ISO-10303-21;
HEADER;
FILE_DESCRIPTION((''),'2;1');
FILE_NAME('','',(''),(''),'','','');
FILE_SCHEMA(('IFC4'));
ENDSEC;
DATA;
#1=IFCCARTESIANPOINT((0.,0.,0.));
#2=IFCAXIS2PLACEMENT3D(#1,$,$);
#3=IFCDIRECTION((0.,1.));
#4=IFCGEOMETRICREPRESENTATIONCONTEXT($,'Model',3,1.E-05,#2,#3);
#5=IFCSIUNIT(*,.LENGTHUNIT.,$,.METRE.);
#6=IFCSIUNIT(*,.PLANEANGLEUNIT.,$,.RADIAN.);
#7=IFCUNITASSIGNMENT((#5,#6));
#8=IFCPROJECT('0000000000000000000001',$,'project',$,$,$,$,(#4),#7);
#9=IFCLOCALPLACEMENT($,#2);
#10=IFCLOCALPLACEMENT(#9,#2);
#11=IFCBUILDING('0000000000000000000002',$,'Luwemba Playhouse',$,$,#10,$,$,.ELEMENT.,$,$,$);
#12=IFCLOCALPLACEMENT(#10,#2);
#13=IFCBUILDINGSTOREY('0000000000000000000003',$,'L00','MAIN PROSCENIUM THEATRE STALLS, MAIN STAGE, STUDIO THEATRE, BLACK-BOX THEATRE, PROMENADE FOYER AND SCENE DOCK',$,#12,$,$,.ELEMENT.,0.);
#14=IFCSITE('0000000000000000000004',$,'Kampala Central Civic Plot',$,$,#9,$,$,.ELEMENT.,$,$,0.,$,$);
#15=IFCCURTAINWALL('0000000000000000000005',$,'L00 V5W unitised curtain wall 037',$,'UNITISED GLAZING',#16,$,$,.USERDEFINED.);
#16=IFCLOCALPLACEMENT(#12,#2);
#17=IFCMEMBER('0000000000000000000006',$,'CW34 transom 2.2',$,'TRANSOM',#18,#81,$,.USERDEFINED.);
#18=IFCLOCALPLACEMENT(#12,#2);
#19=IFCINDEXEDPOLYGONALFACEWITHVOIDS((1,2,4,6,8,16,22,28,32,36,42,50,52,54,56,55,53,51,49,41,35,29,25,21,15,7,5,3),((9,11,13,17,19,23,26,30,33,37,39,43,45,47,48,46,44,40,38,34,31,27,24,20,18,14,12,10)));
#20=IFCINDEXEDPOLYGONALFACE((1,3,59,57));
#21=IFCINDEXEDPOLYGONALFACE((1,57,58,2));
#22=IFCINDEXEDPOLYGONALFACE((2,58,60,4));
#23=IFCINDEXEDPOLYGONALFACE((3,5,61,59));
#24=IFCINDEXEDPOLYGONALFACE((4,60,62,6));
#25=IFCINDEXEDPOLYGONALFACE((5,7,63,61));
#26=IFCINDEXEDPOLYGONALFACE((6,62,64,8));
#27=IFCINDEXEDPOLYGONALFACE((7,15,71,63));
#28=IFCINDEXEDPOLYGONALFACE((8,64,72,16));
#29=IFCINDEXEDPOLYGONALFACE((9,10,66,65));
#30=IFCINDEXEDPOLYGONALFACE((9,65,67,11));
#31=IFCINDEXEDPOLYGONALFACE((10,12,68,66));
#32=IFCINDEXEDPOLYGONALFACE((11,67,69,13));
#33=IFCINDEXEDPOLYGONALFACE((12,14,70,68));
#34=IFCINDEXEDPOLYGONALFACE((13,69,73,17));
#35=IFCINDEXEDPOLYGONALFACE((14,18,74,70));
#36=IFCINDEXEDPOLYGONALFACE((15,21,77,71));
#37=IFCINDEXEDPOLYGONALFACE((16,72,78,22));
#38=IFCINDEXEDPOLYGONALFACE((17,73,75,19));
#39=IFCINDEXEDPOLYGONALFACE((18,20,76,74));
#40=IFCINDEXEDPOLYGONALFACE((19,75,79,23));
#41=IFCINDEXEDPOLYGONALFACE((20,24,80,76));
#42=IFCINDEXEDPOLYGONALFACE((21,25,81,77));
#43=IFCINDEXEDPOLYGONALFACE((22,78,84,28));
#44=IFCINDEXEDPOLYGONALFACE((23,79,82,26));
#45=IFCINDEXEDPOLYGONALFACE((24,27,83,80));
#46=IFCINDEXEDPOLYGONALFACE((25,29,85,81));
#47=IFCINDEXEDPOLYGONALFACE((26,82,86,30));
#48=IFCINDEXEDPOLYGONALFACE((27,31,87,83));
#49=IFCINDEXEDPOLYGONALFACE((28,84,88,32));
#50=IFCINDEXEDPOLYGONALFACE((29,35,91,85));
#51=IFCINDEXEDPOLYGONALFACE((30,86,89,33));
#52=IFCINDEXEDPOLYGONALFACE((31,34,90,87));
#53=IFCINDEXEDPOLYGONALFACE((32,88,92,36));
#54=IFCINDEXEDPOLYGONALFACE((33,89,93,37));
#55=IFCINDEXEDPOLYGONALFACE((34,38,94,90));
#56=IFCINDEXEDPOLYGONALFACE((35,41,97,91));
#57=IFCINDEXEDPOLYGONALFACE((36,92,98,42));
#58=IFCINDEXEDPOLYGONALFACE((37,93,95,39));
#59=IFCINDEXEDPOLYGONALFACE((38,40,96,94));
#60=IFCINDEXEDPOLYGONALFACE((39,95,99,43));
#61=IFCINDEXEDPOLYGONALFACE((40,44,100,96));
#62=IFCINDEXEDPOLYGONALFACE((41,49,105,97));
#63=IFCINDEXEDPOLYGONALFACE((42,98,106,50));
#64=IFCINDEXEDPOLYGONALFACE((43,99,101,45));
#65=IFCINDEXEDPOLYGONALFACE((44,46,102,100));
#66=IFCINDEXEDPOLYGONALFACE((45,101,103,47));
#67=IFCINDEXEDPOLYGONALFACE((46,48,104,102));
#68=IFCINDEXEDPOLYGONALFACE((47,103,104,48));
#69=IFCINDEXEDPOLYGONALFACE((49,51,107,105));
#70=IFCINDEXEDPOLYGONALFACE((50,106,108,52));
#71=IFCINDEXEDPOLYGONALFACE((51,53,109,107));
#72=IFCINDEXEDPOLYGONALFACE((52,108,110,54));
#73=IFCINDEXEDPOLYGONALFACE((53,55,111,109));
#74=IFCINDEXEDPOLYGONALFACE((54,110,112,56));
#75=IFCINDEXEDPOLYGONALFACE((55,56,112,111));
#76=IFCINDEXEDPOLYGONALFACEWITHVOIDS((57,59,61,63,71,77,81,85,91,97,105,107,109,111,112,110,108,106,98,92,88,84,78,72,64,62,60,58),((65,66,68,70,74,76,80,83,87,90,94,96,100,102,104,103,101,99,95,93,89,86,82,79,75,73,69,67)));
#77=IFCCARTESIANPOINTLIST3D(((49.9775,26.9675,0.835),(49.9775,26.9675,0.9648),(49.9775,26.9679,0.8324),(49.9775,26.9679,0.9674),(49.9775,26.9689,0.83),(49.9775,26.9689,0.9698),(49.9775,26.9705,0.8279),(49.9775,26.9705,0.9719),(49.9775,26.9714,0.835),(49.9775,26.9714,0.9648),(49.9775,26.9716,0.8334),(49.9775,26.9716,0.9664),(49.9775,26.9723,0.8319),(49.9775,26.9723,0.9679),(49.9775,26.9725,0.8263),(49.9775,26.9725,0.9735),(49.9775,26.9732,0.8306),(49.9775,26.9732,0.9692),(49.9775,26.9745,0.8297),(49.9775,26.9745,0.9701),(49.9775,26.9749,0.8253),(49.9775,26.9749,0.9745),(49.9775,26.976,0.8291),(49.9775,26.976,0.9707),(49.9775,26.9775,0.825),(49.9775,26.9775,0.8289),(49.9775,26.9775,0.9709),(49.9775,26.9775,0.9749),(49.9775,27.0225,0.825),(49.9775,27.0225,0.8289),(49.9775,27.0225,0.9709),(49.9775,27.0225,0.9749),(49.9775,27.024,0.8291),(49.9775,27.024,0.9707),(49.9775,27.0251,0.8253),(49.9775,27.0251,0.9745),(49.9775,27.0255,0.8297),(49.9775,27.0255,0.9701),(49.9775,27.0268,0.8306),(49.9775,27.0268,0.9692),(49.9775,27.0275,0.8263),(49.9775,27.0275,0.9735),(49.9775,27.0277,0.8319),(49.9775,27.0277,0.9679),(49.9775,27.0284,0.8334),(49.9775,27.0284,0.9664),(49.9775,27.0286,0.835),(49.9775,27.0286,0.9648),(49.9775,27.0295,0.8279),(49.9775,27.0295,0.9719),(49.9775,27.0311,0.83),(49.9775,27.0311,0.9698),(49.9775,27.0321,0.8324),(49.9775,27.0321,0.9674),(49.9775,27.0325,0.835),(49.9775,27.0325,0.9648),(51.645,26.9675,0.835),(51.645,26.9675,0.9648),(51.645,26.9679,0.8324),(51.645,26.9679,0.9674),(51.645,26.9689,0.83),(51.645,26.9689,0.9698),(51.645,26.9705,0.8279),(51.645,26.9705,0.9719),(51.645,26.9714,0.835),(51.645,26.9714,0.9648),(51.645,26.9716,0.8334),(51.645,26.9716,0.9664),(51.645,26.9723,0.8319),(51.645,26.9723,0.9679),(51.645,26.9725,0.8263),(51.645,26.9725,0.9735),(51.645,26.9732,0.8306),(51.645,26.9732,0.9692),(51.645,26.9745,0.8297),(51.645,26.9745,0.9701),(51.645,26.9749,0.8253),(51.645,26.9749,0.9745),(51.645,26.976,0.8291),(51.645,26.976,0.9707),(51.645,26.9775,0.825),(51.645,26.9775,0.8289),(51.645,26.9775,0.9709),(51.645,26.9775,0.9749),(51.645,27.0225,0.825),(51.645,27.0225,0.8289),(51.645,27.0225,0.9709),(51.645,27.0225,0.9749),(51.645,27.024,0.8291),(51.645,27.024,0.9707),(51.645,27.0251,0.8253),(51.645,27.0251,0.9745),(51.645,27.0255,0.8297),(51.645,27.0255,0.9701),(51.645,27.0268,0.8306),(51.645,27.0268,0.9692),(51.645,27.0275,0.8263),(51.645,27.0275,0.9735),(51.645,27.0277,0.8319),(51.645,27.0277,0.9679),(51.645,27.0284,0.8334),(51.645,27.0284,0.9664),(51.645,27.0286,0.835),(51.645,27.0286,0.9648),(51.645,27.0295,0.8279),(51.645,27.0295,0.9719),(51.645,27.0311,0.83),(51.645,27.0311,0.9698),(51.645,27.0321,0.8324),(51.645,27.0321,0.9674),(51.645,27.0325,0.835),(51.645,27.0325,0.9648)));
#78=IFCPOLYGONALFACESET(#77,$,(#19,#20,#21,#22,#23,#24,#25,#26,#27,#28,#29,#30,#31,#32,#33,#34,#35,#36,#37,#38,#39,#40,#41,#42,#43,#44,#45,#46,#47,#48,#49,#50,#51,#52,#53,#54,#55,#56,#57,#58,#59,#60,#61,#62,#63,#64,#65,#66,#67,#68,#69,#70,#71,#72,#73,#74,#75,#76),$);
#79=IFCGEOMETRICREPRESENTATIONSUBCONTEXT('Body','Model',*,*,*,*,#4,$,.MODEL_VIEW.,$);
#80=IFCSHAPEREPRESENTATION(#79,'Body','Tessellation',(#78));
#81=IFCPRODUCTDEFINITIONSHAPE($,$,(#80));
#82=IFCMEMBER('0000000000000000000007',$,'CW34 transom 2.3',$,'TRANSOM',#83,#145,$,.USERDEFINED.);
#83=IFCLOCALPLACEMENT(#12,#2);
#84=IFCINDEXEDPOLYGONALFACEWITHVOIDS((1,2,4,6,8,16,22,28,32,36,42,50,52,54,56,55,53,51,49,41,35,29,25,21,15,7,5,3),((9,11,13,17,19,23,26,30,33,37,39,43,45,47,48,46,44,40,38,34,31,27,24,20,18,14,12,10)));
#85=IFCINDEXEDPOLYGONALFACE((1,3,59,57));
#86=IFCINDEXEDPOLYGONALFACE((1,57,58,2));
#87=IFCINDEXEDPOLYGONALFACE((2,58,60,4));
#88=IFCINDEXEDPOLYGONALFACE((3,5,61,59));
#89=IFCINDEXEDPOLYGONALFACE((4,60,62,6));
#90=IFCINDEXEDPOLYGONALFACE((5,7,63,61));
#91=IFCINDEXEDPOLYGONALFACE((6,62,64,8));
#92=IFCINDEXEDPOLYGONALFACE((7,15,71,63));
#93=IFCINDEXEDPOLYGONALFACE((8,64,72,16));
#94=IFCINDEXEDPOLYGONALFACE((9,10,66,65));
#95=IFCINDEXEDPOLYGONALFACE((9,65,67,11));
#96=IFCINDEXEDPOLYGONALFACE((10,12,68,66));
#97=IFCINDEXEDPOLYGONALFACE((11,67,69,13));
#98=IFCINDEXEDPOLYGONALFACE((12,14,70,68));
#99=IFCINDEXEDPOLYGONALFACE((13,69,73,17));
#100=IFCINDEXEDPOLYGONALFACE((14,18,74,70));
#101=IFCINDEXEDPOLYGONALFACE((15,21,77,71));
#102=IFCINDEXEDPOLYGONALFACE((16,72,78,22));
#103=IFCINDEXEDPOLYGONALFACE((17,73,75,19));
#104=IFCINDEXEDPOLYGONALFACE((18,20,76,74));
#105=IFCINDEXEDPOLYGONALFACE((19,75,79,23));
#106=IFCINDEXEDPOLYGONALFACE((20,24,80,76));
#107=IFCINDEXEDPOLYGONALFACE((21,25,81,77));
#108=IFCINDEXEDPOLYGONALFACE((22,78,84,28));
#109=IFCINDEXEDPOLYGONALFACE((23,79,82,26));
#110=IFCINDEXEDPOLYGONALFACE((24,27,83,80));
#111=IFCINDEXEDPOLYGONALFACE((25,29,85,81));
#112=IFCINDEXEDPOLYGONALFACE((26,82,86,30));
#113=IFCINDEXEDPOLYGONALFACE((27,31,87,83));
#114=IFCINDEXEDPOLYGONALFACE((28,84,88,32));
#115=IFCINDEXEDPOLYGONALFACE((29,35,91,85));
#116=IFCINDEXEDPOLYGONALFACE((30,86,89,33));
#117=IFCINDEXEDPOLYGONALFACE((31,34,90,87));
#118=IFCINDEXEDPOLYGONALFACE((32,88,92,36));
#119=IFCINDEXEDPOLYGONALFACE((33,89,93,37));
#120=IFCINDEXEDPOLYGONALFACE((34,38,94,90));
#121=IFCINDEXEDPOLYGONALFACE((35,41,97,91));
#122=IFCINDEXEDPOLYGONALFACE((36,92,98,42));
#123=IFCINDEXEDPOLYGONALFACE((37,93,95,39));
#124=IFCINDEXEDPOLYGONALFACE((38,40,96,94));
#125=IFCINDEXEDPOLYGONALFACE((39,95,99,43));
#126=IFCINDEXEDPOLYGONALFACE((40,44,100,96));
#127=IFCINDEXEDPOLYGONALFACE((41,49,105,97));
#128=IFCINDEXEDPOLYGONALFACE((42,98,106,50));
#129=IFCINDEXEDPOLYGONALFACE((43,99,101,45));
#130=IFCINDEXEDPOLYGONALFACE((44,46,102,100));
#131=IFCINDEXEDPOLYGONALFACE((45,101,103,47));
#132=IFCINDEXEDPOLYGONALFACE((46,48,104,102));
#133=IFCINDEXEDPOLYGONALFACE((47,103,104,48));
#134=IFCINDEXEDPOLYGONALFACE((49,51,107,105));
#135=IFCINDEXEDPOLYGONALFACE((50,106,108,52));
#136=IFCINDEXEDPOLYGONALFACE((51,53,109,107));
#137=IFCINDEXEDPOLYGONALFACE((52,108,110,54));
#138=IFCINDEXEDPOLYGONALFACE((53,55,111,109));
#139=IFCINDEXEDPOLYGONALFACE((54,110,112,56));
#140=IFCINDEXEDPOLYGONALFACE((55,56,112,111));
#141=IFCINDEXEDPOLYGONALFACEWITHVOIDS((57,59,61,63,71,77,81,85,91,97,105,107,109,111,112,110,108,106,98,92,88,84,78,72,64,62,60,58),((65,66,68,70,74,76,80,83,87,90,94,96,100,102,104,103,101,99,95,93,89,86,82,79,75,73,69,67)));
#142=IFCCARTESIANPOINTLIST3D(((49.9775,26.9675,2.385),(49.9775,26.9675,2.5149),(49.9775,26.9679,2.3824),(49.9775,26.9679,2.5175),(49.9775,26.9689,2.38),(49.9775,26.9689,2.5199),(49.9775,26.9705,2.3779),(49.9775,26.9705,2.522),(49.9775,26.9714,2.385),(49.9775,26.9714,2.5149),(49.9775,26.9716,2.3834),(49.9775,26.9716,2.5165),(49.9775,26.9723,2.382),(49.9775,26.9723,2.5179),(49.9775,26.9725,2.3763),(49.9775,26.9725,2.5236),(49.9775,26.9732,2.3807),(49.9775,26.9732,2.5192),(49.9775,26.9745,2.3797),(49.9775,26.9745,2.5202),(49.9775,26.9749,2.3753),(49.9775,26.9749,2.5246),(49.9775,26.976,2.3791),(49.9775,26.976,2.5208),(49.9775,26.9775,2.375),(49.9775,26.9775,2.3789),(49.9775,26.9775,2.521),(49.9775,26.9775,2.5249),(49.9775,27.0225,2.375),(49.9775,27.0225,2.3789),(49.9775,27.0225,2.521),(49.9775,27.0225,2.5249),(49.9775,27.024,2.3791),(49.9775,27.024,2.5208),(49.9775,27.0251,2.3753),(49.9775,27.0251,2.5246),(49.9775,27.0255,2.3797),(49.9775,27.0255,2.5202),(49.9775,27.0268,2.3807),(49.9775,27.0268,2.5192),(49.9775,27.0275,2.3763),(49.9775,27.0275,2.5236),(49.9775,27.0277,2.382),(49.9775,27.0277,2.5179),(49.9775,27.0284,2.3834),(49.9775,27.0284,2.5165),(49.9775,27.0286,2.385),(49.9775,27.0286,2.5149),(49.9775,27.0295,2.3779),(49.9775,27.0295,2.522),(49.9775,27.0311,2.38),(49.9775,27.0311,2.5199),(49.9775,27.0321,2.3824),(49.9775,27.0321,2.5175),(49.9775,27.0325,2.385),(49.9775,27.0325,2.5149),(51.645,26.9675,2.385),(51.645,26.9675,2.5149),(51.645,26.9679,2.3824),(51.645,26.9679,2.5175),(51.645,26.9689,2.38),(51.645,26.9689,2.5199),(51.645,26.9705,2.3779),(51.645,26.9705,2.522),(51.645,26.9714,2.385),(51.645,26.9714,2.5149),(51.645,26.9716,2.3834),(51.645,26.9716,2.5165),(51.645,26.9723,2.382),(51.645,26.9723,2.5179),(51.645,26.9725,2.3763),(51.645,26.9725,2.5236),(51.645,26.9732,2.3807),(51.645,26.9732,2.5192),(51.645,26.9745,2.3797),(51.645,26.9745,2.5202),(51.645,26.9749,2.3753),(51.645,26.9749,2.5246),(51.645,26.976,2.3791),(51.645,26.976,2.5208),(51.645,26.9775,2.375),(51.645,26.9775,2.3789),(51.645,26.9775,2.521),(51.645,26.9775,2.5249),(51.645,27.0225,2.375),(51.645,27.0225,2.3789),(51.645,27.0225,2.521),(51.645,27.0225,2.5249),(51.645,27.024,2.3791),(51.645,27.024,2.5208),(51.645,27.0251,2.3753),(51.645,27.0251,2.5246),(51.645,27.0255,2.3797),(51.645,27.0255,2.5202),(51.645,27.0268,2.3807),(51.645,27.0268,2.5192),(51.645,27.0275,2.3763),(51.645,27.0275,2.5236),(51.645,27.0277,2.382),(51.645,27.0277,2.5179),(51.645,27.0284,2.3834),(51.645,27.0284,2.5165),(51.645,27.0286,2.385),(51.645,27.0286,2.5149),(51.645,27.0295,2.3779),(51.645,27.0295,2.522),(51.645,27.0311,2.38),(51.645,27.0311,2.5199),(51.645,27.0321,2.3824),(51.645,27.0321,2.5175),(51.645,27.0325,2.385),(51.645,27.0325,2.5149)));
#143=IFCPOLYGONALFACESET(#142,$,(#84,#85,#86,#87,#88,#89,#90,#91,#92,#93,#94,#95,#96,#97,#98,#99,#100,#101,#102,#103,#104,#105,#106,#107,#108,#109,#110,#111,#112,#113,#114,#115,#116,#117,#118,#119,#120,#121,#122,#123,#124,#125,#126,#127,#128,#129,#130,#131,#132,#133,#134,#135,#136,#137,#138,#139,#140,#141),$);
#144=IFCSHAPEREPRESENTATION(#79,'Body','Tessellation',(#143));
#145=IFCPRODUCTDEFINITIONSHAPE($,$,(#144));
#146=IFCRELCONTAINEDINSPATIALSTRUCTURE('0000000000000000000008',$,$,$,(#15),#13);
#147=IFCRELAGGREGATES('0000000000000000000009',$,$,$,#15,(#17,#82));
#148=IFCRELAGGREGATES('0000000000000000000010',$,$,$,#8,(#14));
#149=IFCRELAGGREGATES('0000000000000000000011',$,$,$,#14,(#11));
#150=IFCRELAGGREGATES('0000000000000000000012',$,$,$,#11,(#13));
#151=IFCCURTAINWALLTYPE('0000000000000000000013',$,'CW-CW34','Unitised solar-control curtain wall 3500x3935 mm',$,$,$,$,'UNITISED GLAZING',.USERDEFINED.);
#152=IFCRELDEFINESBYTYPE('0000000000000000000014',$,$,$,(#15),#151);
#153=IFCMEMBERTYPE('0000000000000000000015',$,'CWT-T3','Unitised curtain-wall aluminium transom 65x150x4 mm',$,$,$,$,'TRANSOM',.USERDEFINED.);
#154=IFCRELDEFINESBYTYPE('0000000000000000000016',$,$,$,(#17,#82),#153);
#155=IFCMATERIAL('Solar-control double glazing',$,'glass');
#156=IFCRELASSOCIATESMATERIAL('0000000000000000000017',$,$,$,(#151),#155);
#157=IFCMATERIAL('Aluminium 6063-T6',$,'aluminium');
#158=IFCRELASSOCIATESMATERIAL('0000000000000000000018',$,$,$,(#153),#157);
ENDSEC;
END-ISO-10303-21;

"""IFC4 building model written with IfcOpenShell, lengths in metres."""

from ifc_helpers import new_model, si_unit, direction, frame, origin, origin_2d, place, context, subcontext, project, spatial, hollow_rectangle, extrude, material, material_profile, profile_set, type_object, element, aggregate, save


model = new_model("IFC4")

# Units and contexts
model_context = context("Model", 3, precision=1e-05, world=origin(), true_north=direction((0.0, 1.0)))
body_context = subcontext(model_context, "Body", "Model", "MODEL_VIEW")
ifc_project = project(units=[si_unit("LENGTHUNIT", "METRE"), si_unit("PLANEANGLEUNIT", "RADIAN")], contexts=[model_context])

# Site, building, storey
site_placement = place(None, origin())
site = spatial("IfcSite", under=ifc_project, at=site_placement, Name="Kampala Central Civic Plot", CompositionType="ELEMENT", RefElevation=0.0)
building_placement = place(site_placement, origin())
building = spatial("IfcBuilding", under=site, at=building_placement, Name="Luwemba Playhouse", CompositionType="ELEMENT")
storey_placement = place(building_placement, origin())
storey = spatial("IfcBuildingStorey", under=building, at=storey_placement, Name="L00", Description="MAIN PROSCENIUM THEATRE STALLS, MAIN STAGE, STUDIO THEATRE, BLACK-BOX THEATRE, PROMENADE FOYER AND SCENE DOCK", CompositionType="ELEMENT", Elevation=0.0)

# Shared definitions
ifc_material_1 = material(Name="Solar-control double glazing", Category="glass")
ifc_material_2 = material(Name="Aluminium 6063-T6", Category="aluminium")

# Curtain wall
curtain_wall_type_1 = type_object("IfcCurtainWallType", Name="CW-CW34", Description="Unitised solar-control curtain wall 3500x3935 mm", ElementType="UNITISED GLAZING", PredefinedType="USERDEFINED", material=ifc_material_1)
curtain_wall_1_placement = place(storey_placement, origin())
curtain_wall_1 = element("IfcCurtainWall", 1, at=curtain_wall_1_placement, inside=storey, type_object=curtain_wall_type_1, Name="L00 V5W unitised curtain wall 037", ObjectType="UNITISED GLAZING", PredefinedType="USERDEFINED")

# Members
ifc_material_profile_1 = material_profile(ifc_material_2, hollow_rectangle(XDim=0.0649, YDim=0.1499, WallThickness=0.0039, InnerFilletRadius=0.0061, OuterFilletRadius=0.01, at=origin_2d()))
ifc_profile_set_1 = profile_set([ifc_material_profile_1], Name="Aluminium 6063-T6")
member_type_1 = type_object("IfcMemberType", Name="CWT-T3", Description="Unitised curtain-wall aluminium transom 65x150x4 mm", ElementType="TRANSOM", PredefinedType="USERDEFINED", material=ifc_profile_set_1)
member_1_placement = place(storey_placement, frame((49.9775, 27.0, 0.8999), z_axis=(1.0, 0.0, 0.0), x_axis=(0.0, 1.0, 0.0)))
member_1 = element("IfcMember", 2, at=member_1_placement, type_object=member_type_1, Name="CW34 transom 2.2", ObjectType="TRANSOM", PredefinedType="USERDEFINED", context=body_context, shape_type="SweptSolid", body=[
    extrude(hollow_rectangle(XDim=0.0649, YDim=0.1499, WallThickness=0.0039, InnerFilletRadius=0.0061, OuterFilletRadius=0.01, at=origin_2d()), origin(), (0.0, 0.0, 1.0), 1.6675),
])
member_2_placement = place(storey_placement, frame((49.9775, 27.0, 2.45), z_axis=(1.0, 0.0, 0.0), x_axis=(0.0, 1.0, 0.0)))
member_2 = element("IfcMember", 3, at=member_2_placement, type_object=member_type_1, Name="CW34 transom 2.3", ObjectType="TRANSOM", PredefinedType="USERDEFINED", context=body_context, shape_type="SweptSolid", body=[
    extrude(hollow_rectangle(XDim=0.0649, YDim=0.1499, WallThickness=0.0039, InnerFilletRadius=0.0061, OuterFilletRadius=0.01, at=origin_2d()), origin(), (0.0, 0.0, 1.0), 1.6675),
])

aggregate(curtain_wall_1, [member_1, member_2])

save(model, "model.ifc")
